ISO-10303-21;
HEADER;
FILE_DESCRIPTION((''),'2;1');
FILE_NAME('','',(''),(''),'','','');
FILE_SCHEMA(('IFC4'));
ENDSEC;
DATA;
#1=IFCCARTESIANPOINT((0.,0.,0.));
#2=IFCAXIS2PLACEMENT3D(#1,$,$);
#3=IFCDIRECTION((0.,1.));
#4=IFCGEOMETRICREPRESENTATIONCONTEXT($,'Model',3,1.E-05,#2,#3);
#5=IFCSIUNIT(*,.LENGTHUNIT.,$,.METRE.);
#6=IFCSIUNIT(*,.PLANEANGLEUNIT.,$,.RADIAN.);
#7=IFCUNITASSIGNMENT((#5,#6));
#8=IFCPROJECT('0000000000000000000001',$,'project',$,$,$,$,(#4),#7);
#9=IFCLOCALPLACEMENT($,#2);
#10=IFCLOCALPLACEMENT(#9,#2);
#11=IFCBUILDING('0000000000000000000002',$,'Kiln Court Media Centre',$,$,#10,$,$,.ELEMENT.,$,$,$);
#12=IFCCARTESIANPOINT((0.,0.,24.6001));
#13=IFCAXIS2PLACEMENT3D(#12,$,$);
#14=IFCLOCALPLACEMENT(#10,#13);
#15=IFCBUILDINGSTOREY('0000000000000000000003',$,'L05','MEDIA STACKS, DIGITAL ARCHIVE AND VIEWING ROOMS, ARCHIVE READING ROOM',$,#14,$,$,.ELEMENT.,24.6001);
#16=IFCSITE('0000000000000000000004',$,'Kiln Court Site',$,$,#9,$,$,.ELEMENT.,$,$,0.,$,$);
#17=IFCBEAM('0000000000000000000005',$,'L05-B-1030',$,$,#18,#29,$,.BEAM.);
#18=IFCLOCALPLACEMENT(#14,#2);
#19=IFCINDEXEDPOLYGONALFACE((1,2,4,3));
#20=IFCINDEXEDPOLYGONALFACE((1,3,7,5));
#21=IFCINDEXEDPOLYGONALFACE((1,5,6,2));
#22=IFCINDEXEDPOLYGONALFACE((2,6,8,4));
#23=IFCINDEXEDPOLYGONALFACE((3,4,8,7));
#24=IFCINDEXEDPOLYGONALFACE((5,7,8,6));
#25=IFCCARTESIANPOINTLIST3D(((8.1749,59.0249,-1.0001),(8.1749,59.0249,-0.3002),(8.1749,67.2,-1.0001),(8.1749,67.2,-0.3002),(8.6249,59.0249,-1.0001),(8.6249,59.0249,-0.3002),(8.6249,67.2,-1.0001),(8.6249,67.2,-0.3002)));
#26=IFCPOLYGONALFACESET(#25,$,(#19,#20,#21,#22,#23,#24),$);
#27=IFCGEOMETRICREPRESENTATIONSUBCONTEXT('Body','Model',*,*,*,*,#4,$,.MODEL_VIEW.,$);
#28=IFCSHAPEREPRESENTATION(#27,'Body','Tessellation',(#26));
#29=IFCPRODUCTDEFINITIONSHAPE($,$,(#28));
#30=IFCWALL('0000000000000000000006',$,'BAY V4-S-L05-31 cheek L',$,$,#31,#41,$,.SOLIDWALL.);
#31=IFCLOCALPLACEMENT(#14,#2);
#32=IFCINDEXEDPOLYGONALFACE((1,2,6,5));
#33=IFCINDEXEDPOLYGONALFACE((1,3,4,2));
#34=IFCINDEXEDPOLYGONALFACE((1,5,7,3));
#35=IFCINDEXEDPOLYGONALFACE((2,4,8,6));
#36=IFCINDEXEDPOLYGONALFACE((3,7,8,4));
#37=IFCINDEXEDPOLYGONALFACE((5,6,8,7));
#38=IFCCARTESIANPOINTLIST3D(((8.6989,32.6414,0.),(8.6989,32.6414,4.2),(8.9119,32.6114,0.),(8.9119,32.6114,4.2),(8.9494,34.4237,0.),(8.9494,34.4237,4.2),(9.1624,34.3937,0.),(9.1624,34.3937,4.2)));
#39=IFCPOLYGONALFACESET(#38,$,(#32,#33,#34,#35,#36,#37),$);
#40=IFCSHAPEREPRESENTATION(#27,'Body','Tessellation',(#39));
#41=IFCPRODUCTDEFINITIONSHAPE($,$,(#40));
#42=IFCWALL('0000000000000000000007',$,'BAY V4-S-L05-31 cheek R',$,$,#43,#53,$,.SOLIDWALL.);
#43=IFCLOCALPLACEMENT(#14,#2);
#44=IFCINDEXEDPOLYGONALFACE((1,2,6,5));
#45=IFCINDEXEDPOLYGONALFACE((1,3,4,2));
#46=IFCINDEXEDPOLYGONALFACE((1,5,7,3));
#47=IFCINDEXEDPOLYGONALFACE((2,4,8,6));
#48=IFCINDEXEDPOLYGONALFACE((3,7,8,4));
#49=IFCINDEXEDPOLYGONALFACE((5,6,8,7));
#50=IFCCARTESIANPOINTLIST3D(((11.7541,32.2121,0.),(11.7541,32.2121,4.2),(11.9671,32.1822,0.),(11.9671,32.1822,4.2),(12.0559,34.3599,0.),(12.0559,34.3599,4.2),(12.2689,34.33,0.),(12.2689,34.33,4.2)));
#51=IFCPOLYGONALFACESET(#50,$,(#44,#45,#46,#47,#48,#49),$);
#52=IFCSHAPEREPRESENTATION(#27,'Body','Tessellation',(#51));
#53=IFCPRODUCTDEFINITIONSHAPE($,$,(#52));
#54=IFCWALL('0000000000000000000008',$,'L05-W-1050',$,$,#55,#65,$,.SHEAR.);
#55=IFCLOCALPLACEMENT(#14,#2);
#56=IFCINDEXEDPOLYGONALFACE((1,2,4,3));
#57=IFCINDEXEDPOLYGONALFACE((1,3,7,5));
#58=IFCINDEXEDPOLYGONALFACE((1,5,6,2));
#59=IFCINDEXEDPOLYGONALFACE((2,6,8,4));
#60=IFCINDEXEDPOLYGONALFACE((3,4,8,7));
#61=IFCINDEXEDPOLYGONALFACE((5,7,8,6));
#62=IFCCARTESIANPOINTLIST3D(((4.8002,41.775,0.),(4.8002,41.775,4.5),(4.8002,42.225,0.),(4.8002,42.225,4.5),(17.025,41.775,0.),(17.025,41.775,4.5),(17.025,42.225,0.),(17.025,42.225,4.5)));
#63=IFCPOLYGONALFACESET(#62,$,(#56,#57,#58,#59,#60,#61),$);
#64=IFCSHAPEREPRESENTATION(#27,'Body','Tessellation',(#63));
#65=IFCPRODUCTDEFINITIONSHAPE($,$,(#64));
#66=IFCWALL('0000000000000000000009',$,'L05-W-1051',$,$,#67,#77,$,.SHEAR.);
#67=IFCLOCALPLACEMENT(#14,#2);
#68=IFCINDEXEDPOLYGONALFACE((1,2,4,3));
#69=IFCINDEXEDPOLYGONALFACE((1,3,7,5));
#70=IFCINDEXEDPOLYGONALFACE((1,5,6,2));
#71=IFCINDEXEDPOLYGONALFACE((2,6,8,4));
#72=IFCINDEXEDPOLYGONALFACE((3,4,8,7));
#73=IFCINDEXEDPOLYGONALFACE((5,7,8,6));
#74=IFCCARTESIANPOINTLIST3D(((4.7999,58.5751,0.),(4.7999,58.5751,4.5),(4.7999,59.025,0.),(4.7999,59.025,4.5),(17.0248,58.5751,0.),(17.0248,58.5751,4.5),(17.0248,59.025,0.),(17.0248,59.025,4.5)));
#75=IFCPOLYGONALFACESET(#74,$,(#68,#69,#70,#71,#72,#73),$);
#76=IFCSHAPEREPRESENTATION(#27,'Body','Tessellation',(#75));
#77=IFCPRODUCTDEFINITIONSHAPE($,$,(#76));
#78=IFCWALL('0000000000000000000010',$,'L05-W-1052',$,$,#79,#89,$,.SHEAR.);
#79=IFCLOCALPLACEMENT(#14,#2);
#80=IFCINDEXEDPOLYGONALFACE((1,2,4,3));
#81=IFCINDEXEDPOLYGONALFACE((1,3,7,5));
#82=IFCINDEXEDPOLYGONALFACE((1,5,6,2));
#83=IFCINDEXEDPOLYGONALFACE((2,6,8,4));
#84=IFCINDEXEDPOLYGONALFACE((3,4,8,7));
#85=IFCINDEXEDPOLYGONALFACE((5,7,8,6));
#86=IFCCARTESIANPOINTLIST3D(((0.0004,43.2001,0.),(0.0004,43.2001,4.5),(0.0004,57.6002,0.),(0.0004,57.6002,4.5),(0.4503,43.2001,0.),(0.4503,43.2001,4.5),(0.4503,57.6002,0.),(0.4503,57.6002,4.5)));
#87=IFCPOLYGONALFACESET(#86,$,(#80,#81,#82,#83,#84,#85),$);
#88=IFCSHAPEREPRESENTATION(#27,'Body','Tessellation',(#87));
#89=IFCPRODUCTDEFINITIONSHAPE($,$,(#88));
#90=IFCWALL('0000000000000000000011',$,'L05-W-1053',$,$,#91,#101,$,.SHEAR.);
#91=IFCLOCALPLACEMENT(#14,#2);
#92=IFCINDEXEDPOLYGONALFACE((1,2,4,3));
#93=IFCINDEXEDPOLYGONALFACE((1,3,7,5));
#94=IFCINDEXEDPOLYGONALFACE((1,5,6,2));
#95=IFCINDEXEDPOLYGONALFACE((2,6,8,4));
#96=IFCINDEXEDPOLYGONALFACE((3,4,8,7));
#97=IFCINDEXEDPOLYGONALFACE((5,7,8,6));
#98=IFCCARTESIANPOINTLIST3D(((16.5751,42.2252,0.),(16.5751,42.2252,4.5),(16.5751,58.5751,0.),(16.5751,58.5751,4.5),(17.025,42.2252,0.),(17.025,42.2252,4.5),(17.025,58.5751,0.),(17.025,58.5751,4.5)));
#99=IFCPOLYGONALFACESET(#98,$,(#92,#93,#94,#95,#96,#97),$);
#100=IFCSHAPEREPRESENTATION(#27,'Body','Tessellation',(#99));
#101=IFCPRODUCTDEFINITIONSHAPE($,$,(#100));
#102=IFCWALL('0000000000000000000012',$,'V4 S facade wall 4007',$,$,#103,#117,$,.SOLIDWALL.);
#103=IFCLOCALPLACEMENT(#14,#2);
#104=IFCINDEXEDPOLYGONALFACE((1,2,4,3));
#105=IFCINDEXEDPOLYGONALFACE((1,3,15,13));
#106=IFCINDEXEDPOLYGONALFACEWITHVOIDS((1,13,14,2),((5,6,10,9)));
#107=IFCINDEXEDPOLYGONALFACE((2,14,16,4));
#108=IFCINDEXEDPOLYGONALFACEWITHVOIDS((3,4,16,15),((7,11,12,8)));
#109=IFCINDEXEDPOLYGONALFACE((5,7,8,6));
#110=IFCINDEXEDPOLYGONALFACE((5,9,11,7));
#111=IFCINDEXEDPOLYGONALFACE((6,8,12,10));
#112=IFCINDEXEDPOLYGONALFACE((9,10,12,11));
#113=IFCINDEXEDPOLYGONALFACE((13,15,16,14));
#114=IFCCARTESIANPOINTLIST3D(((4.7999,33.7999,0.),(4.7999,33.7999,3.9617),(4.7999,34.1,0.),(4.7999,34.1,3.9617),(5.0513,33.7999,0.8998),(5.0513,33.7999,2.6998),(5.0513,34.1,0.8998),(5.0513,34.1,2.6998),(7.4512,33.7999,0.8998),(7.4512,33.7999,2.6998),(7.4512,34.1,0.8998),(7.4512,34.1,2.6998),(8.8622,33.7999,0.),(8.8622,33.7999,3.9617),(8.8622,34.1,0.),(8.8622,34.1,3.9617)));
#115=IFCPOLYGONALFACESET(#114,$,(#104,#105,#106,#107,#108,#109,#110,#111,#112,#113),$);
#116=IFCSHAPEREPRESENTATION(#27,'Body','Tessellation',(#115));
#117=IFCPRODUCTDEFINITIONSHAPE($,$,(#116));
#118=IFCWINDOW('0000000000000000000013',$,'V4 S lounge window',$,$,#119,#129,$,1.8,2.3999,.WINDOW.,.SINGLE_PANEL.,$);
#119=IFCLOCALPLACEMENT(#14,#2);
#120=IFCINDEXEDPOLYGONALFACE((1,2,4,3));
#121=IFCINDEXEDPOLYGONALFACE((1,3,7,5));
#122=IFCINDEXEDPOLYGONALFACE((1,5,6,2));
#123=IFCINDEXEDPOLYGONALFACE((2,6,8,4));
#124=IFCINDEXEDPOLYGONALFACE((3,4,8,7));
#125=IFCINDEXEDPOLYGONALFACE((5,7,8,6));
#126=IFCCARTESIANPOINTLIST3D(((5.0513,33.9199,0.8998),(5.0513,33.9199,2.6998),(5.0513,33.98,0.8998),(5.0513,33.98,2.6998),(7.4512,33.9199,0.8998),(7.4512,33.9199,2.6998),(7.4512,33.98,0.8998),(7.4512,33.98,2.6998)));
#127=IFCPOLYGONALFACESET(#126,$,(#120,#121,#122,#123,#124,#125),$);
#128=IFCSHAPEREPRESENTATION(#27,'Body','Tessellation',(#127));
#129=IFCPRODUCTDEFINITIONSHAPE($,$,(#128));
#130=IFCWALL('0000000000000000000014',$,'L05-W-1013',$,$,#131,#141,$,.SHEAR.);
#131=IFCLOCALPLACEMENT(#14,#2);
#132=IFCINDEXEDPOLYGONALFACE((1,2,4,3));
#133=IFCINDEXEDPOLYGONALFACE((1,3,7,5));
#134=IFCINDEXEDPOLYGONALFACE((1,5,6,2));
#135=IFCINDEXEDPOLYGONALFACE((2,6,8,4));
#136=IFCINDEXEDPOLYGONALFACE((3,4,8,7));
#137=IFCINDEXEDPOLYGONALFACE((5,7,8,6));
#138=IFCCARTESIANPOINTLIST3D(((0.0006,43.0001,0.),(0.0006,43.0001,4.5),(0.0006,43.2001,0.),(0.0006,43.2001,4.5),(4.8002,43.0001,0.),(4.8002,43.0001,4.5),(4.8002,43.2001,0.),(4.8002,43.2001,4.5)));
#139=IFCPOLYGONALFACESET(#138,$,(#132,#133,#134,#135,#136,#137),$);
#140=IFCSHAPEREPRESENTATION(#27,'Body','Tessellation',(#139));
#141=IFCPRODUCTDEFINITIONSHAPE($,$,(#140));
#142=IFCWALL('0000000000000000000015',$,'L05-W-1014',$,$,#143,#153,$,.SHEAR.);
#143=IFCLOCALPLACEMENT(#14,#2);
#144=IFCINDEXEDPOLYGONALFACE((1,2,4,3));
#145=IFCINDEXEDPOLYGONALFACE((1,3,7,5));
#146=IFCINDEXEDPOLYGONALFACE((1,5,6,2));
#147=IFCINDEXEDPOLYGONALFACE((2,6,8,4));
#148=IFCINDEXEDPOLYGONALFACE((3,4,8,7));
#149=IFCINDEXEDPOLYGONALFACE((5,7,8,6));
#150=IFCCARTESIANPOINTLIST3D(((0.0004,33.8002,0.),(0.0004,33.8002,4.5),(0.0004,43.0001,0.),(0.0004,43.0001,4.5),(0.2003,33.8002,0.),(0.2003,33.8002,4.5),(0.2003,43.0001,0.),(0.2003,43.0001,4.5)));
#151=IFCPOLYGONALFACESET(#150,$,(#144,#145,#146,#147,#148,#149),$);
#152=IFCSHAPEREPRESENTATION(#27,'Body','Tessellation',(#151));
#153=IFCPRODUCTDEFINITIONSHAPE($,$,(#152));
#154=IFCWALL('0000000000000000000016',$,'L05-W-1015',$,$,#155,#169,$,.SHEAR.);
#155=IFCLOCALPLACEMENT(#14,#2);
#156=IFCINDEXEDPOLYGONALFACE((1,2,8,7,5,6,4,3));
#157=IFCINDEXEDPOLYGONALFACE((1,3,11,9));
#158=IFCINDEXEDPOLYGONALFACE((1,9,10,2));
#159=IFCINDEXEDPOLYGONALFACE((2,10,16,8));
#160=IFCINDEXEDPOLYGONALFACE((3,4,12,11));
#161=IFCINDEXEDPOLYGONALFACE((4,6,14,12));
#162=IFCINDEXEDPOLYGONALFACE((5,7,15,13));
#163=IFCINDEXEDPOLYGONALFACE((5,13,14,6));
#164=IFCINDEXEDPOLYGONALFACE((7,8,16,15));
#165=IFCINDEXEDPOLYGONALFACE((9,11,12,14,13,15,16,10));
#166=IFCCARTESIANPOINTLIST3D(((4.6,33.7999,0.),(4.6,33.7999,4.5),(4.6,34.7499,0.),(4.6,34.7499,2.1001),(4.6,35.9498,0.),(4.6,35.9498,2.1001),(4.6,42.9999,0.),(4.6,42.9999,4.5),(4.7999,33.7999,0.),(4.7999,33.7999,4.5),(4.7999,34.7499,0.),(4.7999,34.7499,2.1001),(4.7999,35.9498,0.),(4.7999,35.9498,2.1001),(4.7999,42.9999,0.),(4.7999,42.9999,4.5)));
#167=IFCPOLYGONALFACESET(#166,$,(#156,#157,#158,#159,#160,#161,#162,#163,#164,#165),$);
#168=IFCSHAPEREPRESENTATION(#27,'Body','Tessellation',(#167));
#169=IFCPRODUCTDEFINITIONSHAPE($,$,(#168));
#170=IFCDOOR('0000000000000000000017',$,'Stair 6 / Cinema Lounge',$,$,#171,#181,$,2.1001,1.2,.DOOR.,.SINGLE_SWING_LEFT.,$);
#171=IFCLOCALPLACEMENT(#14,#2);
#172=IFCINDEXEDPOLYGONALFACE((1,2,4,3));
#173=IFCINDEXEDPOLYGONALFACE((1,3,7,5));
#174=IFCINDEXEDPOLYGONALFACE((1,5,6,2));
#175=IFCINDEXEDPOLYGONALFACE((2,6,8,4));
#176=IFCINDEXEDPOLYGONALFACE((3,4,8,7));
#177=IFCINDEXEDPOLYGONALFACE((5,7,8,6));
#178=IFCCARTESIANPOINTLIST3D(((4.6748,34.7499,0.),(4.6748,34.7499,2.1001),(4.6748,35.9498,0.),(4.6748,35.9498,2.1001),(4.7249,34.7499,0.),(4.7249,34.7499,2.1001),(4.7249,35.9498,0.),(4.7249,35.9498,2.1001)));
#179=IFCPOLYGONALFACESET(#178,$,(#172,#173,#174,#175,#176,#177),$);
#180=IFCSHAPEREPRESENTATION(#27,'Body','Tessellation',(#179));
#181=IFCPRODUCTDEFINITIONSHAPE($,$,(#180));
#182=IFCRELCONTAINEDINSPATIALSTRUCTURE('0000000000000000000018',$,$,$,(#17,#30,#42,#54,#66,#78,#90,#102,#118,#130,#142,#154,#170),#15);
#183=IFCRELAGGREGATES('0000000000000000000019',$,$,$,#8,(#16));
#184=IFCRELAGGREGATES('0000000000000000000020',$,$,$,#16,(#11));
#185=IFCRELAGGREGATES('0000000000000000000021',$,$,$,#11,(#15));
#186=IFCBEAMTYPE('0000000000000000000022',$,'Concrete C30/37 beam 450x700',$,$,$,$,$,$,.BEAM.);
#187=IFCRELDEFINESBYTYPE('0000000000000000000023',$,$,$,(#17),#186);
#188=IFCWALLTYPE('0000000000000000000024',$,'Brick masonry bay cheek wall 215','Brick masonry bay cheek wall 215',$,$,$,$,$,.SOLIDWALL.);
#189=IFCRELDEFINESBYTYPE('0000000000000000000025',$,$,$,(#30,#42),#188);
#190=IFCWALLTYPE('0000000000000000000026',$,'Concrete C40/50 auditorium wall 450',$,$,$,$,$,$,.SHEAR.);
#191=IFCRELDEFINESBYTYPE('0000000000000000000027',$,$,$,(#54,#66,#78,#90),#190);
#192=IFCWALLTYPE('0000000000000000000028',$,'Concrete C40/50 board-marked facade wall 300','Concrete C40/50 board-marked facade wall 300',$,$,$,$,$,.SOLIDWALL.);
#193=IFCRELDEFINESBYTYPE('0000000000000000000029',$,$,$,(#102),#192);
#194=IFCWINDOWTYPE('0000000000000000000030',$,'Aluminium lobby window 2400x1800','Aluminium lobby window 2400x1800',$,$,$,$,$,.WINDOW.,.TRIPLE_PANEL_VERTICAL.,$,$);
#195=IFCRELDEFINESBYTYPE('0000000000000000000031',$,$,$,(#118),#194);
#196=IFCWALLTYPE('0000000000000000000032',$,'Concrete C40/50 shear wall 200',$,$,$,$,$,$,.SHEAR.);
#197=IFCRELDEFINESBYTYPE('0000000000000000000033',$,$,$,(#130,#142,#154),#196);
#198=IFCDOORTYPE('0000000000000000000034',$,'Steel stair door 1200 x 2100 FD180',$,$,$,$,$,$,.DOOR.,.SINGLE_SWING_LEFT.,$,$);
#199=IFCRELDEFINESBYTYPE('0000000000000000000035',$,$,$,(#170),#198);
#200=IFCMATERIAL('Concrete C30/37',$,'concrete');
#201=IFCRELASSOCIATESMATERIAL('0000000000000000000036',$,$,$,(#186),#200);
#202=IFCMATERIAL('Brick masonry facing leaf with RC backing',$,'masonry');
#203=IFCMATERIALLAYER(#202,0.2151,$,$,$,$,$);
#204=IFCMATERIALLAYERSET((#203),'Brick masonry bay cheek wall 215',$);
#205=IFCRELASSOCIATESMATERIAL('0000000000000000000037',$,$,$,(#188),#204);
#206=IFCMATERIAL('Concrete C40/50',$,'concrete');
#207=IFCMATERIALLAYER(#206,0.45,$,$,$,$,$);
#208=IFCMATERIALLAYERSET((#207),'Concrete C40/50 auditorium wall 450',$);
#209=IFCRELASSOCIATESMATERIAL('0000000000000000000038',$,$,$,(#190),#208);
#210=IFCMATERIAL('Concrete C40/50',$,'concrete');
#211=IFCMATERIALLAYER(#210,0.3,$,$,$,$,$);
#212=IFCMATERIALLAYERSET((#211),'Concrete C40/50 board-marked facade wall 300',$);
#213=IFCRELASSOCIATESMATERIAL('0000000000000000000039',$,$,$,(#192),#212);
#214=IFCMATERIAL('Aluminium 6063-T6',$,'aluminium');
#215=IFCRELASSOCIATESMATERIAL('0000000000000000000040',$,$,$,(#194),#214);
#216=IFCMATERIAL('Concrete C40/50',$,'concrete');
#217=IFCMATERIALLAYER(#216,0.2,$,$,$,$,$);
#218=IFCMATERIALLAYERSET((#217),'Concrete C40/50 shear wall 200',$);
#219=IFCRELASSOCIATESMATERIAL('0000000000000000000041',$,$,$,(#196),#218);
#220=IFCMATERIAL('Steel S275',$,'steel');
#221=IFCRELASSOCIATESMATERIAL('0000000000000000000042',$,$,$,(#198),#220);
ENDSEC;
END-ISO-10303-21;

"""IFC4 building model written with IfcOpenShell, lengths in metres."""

from ifc_helpers import new_model, si_unit, direction, frame, frame_2d, origin, origin_2d, place, context, subcontext, project, spatial, rectangle, extrude, material, layer, layer_set, material_profile, profile_set, type_object, element, fill, save


model = new_model("IFC4")

# Units and contexts
model_context = context("Model", 3, precision=1e-05, world=origin(), true_north=direction((0.0, 1.0)))
body_context = subcontext(model_context, "Body", "Model", "MODEL_VIEW")
ifc_project = project(units=[si_unit("LENGTHUNIT", "METRE"), si_unit("PLANEANGLEUNIT", "RADIAN")], contexts=[model_context])

# Site, building, storey
site_placement = place(None, origin())
site = spatial("IfcSite", under=ifc_project, at=site_placement, Name="Kiln Court Site", CompositionType="ELEMENT", RefElevation=0.0)
building_placement = place(site_placement, origin())
building = spatial("IfcBuilding", under=site, at=building_placement, Name="Kiln Court Media Centre", CompositionType="ELEMENT")
storey_placement = place(building_placement, frame((0.0, 0.0, 24.6001)))
storey = spatial("IfcBuildingStorey", under=building, at=storey_placement, Name="L05", Description="MEDIA STACKS, DIGITAL ARCHIVE AND VIEWING ROOMS, ARCHIVE READING ROOM", CompositionType="ELEMENT", Elevation=24.6001)

# Beam
ifc_material_1 = material(Name="Concrete C30/37", Category="concrete")
ifc_material_profile = material_profile(ifc_material_1, rectangle(XDim=0.45, YDim=0.7, at=origin_2d()), Name="RC 450x700")
ifc_profile_set = profile_set([ifc_material_profile], Name="Concrete C30/37")
beam_type = type_object("IfcBeamType", Name="Concrete C30/37 beam 450x700", PredefinedType="BEAM", material=ifc_profile_set)
beam_placement = place(storey_placement, frame((8.3999, 59.0249, -0.6501), z_axis=(0.0, 1.0, 0.0), x_axis=(-1.0, 0.0, 0.0)))
element("IfcBeam", 1, at=beam_placement, inside=storey, type_object=beam_type, Name="L05-B-1030", PredefinedType="BEAM", context=body_context, shape_type="SweptSolid", body=[
    extrude(rectangle(XDim=0.45, YDim=0.7, at=origin_2d()), origin(), (0.0, 0.0, 1.0), 8.175),
])

# Walls
ifc_material_2 = material(Name="Brick masonry facing leaf with RC backing", Category="masonry")
ifc_layer_1 = layer(ifc_material_2, 0.2151)
ifc_layer_set_1 = layer_set([ifc_layer_1], Name="Brick masonry bay cheek wall 215")
wall_type_1 = type_object("IfcWallType", Name="Brick masonry bay cheek wall 215", Description="Brick masonry bay cheek wall 215", PredefinedType="SOLIDWALL", material=ifc_layer_set_1)
wall_1_placement = place(storey_placement, frame((9.0559, 34.4087, 0.0), z_axis=(0.0, 0.0, 1.0), x_axis=(-0.13918, -0.990267, 0.0)))
element("IfcWall", 2, at=wall_1_placement, inside=storey, type_object=wall_type_1, Name="BAY V4-S-L05-31 cheek L", PredefinedType="SOLIDWALL", context=body_context, shape_type="SweptSolid", body=[
    extrude(rectangle(XDim=1.7998, YDim=0.2151, at=frame_2d((0.8999, 0.0))), origin(), (0.0, 0.0, 1.0), 4.2),
])
wall_2_placement = place(storey_placement, frame((12.1624, 34.345, 0.0), z_axis=(0.0, 0.0, 1.0), x_axis=(-0.13912, -0.990275, 0.0)))
element("IfcWall", 3, at=wall_2_placement, inside=storey, type_object=wall_type_1, Name="BAY V4-S-L05-31 cheek R", PredefinedType="SOLIDWALL", context=body_context, shape_type="SweptSolid", body=[
    extrude(rectangle(XDim=2.1689, YDim=0.2151, at=frame_2d((1.0845, 0.0))), origin(), (0.0, 0.0, 1.0), 4.2),
])
ifc_material_3 = material(Name="Concrete C40/50", Category="concrete")
ifc_layer_2 = layer(ifc_material_3, 0.45)
ifc_layer_set_2 = layer_set([ifc_layer_2], Name="Concrete C40/50 auditorium wall 450")
wall_type_2 = type_object("IfcWallType", Name="Concrete C40/50 auditorium wall 450", PredefinedType="SHEAR", material=ifc_layer_set_2)
for number, where, z_axis, x_axis, name in (
    (4, (17.0249, 42.0, 0.0), (0.0, 0.0, 1.0), (-1.0, 0.0, 0.0), "L05-W-1050"),
    (5, (4.8, 58.8, 0.0), (0.0, 0.0, 1.0), (1.0, 0.0, 0.0), "L05-W-1051"),
):
    element("IfcWall", number, at=place(storey_placement, frame(where, z_axis=z_axis, x_axis=x_axis)), inside=storey, type_object=wall_type_2, Name=name, PredefinedType="SHEAR", context=body_context, shape_type="SweptSolid", body=[
        extrude(rectangle(XDim=12.2249, YDim=0.45, at=frame_2d((6.1123, 0.0))), origin(), (0.0, 0.0, 1.0), 4.5),
    ])
wall_3_placement = place(storey_placement, frame((0.2253, 43.2, 0.0), z_axis=(0.0, 0.0, 1.0), x_axis=(0.0, 1.0, 0.0)))
element("IfcWall", 6, at=wall_3_placement, inside=storey, type_object=wall_type_2, Name="L05-W-1052", PredefinedType="SHEAR", context=body_context, shape_type="SweptSolid", body=[
    extrude(rectangle(XDim=14.4001, YDim=0.45, at=frame_2d((7.2002, 0.0))), origin(), (0.0, 0.0, 1.0), 4.5),
])
wall_4_placement = place(storey_placement, frame((16.8, 58.575, 0.0), z_axis=(0.0, 0.0, 1.0), x_axis=(0.0, -1.0, 0.0)))
element("IfcWall", 7, at=wall_4_placement, inside=storey, type_object=wall_type_2, Name="L05-W-1053", PredefinedType="SHEAR", context=body_context, shape_type="SweptSolid", body=[
    extrude(rectangle(XDim=16.3499, YDim=0.45, at=frame_2d((8.1748, 0.0))), origin(), (0.0, 0.0, 1.0), 4.5),
])

# Wall, opening, window
ifc_material_4 = material(Name="Concrete C40/50", Category="concrete")
ifc_layer_3 = layer(ifc_material_4, 0.3)
ifc_layer_set_3 = layer_set([ifc_layer_3], Name="Concrete C40/50 board-marked facade wall 300")
wall_type_3 = type_object("IfcWallType", Name="Concrete C40/50 board-marked facade wall 300", Description="Concrete C40/50 board-marked facade wall 300", PredefinedType="SOLIDWALL", material=ifc_layer_set_3)
wall_5_placement = place(storey_placement, frame((8.8623, 33.95, 0.0), z_axis=(0.0, 0.0, 1.0), x_axis=(-1.0, 0.0, 0.0)))
wall_5 = element("IfcWall", 8, at=wall_5_placement, inside=storey, type_object=wall_type_3, Name="V4 S facade wall 4007", PredefinedType="SOLIDWALL", context=body_context, shape_type="SweptSolid", body=[
    extrude(rectangle(XDim=4.0623, YDim=0.3, at=frame_2d((2.0312, 0.0))), origin(), (0.0, 0.0, 1.0), 3.9617),
])
opening_1_placement = place(wall_5_placement, frame((1.4111, 0.0, 0.8999)))
opening_1 = element("IfcOpeningElement", 9, at=opening_1_placement, cuts=wall_5, PredefinedType="OPENING", context=body_context, shape_type="SweptSolid", body=[
    extrude(rectangle(XDim=2.3999, YDim=1.8, at=frame_2d((1.2, 0.8999))), frame((0.0, 0.1599, 0.0), z_axis=(0.0, -1.0, 0.0), x_axis=(1.0, 0.0, 0.0)), (0.0, 0.0, 1.0), 0.3201),
])
ifc_material_5 = material(Name="Aluminium 6063-T6", Category="aluminium")
window_type = type_object("IfcWindowType", Name="Aluminium lobby window 2400x1800", Description="Aluminium lobby window 2400x1800", PartitioningType="TRIPLE_PANEL_VERTICAL", PredefinedType="WINDOW", material=ifc_material_5)
window_placement = place(opening_1_placement, origin())
window = element("IfcWindow", 10, at=window_placement, inside=storey, type_object=window_type, Name="V4 S lounge window", OverallHeight=1.8, OverallWidth=2.3999, PartitioningType="SINGLE_PANEL", PredefinedType="WINDOW", context=body_context, shape_type="SweptSolid", body=[
    extrude(rectangle(XDim=2.3999, YDim=1.8, at=frame_2d((1.2, 0.8999))), frame((0.0, 0.03, 0.0), z_axis=(0.0, -1.0, 0.0), x_axis=(1.0, 0.0, 0.0)), (0.0, 0.0, 1.0), 0.0601),
])
fill(opening_1, window)

# Walls
ifc_material_6 = material(Name="Concrete C40/50", Category="concrete")
ifc_layer_4 = layer(ifc_material_6, 0.2)
ifc_layer_set_4 = layer_set([ifc_layer_4], Name="Concrete C40/50 shear wall 200")
wall_type_4 = type_object("IfcWallType", Name="Concrete C40/50 shear wall 200", PredefinedType="SHEAR", material=ifc_layer_set_4)
wall_6_placement = place(storey_placement, frame((0.0005, 43.1001, 0.0), z_axis=(0.0, 0.0, 1.0), x_axis=(1.0, 0.0, 0.0)))
element("IfcWall", 11, at=wall_6_placement, inside=storey, type_object=wall_type_4, Name="L05-W-1013", PredefinedType="SHEAR", context=body_context, shape_type="SweptSolid", body=[
    extrude(rectangle(XDim=4.7996, YDim=0.2, at=frame_2d((2.3999, 0.0))), origin(), (0.0, 0.0, 1.0), 4.5),
])
wall_7_placement = place(storey_placement, frame((0.1003, 33.8, 0.0), z_axis=(0.0, 0.0, 1.0), x_axis=(0.0, 1.0, 0.0)))
element("IfcWall", 12, at=wall_7_placement, inside=storey, type_object=wall_type_4, Name="L05-W-1014", PredefinedType="SHEAR", context=body_context, shape_type="SweptSolid", body=[
    extrude(rectangle(XDim=9.2, YDim=0.2, at=frame_2d((4.6001, 0.0))), origin(), (0.0, 0.0, 1.0), 4.5),
])

# Wall, opening, door
wall_8_placement = place(storey_placement, frame((4.7, 43.0, 0.0), z_axis=(0.0, 0.0, 1.0), x_axis=(0.0, -1.0, 0.0)))
wall_8 = element("IfcWall", 13, at=wall_8_placement, inside=storey, type_object=wall_type_4, Name="L05-W-1015", PredefinedType="SHEAR", context=body_context, shape_type="SweptSolid", body=[
    extrude(rectangle(XDim=9.2, YDim=0.2, at=frame_2d((4.6001, 0.0))), origin(), (0.0, 0.0, 1.0), 4.5),
])
opening_2_placement = place(wall_8_placement, frame((7.05, 0.0, 0.0)))
opening_2 = element("IfcOpeningElement", 14, at=opening_2_placement, cuts=wall_8, PredefinedType="OPENING", context=body_context, shape_type="SweptSolid", body=[
    extrude(rectangle(XDim=1.2, YDim=2.1001, at=frame_2d((0.6001, 1.05))), frame((0.0, 0.1099, 0.0), z_axis=(0.0, -1.0, 0.0), x_axis=(1.0, 0.0, 0.0)), (0.0, 0.0, 1.0), 0.22),
])
ifc_material_7 = material(Name="Steel S275", Category="steel")
door_type_1 = type_object("IfcDoorType", Name="Steel stair door 1200 x 2100 FD180", OperationType="SINGLE_SWING_LEFT", PredefinedType="DOOR", material=ifc_material_7)
door_1_placement = place(opening_2_placement, origin())
door_1 = element("IfcDoor", 15, at=door_1_placement, inside=storey, type_object=door_type_1, Name="Stair 6 / Cinema Lounge", OperationType="SINGLE_SWING_LEFT", OverallHeight=2.1001, OverallWidth=1.2, PredefinedType="DOOR", context=body_context, shape_type="SweptSolid", body=[
    extrude(rectangle(XDim=1.2, YDim=2.1001, at=frame_2d((0.6001, 1.05))), frame((0.0, 0.0249, 0.0), z_axis=(0.0, -1.0, 0.0), x_axis=(1.0, 0.0, 0.0)), (0.0, 0.0, 1.0), 0.05),
])
fill(opening_2, door_1)

save(model, "model.ifc")
